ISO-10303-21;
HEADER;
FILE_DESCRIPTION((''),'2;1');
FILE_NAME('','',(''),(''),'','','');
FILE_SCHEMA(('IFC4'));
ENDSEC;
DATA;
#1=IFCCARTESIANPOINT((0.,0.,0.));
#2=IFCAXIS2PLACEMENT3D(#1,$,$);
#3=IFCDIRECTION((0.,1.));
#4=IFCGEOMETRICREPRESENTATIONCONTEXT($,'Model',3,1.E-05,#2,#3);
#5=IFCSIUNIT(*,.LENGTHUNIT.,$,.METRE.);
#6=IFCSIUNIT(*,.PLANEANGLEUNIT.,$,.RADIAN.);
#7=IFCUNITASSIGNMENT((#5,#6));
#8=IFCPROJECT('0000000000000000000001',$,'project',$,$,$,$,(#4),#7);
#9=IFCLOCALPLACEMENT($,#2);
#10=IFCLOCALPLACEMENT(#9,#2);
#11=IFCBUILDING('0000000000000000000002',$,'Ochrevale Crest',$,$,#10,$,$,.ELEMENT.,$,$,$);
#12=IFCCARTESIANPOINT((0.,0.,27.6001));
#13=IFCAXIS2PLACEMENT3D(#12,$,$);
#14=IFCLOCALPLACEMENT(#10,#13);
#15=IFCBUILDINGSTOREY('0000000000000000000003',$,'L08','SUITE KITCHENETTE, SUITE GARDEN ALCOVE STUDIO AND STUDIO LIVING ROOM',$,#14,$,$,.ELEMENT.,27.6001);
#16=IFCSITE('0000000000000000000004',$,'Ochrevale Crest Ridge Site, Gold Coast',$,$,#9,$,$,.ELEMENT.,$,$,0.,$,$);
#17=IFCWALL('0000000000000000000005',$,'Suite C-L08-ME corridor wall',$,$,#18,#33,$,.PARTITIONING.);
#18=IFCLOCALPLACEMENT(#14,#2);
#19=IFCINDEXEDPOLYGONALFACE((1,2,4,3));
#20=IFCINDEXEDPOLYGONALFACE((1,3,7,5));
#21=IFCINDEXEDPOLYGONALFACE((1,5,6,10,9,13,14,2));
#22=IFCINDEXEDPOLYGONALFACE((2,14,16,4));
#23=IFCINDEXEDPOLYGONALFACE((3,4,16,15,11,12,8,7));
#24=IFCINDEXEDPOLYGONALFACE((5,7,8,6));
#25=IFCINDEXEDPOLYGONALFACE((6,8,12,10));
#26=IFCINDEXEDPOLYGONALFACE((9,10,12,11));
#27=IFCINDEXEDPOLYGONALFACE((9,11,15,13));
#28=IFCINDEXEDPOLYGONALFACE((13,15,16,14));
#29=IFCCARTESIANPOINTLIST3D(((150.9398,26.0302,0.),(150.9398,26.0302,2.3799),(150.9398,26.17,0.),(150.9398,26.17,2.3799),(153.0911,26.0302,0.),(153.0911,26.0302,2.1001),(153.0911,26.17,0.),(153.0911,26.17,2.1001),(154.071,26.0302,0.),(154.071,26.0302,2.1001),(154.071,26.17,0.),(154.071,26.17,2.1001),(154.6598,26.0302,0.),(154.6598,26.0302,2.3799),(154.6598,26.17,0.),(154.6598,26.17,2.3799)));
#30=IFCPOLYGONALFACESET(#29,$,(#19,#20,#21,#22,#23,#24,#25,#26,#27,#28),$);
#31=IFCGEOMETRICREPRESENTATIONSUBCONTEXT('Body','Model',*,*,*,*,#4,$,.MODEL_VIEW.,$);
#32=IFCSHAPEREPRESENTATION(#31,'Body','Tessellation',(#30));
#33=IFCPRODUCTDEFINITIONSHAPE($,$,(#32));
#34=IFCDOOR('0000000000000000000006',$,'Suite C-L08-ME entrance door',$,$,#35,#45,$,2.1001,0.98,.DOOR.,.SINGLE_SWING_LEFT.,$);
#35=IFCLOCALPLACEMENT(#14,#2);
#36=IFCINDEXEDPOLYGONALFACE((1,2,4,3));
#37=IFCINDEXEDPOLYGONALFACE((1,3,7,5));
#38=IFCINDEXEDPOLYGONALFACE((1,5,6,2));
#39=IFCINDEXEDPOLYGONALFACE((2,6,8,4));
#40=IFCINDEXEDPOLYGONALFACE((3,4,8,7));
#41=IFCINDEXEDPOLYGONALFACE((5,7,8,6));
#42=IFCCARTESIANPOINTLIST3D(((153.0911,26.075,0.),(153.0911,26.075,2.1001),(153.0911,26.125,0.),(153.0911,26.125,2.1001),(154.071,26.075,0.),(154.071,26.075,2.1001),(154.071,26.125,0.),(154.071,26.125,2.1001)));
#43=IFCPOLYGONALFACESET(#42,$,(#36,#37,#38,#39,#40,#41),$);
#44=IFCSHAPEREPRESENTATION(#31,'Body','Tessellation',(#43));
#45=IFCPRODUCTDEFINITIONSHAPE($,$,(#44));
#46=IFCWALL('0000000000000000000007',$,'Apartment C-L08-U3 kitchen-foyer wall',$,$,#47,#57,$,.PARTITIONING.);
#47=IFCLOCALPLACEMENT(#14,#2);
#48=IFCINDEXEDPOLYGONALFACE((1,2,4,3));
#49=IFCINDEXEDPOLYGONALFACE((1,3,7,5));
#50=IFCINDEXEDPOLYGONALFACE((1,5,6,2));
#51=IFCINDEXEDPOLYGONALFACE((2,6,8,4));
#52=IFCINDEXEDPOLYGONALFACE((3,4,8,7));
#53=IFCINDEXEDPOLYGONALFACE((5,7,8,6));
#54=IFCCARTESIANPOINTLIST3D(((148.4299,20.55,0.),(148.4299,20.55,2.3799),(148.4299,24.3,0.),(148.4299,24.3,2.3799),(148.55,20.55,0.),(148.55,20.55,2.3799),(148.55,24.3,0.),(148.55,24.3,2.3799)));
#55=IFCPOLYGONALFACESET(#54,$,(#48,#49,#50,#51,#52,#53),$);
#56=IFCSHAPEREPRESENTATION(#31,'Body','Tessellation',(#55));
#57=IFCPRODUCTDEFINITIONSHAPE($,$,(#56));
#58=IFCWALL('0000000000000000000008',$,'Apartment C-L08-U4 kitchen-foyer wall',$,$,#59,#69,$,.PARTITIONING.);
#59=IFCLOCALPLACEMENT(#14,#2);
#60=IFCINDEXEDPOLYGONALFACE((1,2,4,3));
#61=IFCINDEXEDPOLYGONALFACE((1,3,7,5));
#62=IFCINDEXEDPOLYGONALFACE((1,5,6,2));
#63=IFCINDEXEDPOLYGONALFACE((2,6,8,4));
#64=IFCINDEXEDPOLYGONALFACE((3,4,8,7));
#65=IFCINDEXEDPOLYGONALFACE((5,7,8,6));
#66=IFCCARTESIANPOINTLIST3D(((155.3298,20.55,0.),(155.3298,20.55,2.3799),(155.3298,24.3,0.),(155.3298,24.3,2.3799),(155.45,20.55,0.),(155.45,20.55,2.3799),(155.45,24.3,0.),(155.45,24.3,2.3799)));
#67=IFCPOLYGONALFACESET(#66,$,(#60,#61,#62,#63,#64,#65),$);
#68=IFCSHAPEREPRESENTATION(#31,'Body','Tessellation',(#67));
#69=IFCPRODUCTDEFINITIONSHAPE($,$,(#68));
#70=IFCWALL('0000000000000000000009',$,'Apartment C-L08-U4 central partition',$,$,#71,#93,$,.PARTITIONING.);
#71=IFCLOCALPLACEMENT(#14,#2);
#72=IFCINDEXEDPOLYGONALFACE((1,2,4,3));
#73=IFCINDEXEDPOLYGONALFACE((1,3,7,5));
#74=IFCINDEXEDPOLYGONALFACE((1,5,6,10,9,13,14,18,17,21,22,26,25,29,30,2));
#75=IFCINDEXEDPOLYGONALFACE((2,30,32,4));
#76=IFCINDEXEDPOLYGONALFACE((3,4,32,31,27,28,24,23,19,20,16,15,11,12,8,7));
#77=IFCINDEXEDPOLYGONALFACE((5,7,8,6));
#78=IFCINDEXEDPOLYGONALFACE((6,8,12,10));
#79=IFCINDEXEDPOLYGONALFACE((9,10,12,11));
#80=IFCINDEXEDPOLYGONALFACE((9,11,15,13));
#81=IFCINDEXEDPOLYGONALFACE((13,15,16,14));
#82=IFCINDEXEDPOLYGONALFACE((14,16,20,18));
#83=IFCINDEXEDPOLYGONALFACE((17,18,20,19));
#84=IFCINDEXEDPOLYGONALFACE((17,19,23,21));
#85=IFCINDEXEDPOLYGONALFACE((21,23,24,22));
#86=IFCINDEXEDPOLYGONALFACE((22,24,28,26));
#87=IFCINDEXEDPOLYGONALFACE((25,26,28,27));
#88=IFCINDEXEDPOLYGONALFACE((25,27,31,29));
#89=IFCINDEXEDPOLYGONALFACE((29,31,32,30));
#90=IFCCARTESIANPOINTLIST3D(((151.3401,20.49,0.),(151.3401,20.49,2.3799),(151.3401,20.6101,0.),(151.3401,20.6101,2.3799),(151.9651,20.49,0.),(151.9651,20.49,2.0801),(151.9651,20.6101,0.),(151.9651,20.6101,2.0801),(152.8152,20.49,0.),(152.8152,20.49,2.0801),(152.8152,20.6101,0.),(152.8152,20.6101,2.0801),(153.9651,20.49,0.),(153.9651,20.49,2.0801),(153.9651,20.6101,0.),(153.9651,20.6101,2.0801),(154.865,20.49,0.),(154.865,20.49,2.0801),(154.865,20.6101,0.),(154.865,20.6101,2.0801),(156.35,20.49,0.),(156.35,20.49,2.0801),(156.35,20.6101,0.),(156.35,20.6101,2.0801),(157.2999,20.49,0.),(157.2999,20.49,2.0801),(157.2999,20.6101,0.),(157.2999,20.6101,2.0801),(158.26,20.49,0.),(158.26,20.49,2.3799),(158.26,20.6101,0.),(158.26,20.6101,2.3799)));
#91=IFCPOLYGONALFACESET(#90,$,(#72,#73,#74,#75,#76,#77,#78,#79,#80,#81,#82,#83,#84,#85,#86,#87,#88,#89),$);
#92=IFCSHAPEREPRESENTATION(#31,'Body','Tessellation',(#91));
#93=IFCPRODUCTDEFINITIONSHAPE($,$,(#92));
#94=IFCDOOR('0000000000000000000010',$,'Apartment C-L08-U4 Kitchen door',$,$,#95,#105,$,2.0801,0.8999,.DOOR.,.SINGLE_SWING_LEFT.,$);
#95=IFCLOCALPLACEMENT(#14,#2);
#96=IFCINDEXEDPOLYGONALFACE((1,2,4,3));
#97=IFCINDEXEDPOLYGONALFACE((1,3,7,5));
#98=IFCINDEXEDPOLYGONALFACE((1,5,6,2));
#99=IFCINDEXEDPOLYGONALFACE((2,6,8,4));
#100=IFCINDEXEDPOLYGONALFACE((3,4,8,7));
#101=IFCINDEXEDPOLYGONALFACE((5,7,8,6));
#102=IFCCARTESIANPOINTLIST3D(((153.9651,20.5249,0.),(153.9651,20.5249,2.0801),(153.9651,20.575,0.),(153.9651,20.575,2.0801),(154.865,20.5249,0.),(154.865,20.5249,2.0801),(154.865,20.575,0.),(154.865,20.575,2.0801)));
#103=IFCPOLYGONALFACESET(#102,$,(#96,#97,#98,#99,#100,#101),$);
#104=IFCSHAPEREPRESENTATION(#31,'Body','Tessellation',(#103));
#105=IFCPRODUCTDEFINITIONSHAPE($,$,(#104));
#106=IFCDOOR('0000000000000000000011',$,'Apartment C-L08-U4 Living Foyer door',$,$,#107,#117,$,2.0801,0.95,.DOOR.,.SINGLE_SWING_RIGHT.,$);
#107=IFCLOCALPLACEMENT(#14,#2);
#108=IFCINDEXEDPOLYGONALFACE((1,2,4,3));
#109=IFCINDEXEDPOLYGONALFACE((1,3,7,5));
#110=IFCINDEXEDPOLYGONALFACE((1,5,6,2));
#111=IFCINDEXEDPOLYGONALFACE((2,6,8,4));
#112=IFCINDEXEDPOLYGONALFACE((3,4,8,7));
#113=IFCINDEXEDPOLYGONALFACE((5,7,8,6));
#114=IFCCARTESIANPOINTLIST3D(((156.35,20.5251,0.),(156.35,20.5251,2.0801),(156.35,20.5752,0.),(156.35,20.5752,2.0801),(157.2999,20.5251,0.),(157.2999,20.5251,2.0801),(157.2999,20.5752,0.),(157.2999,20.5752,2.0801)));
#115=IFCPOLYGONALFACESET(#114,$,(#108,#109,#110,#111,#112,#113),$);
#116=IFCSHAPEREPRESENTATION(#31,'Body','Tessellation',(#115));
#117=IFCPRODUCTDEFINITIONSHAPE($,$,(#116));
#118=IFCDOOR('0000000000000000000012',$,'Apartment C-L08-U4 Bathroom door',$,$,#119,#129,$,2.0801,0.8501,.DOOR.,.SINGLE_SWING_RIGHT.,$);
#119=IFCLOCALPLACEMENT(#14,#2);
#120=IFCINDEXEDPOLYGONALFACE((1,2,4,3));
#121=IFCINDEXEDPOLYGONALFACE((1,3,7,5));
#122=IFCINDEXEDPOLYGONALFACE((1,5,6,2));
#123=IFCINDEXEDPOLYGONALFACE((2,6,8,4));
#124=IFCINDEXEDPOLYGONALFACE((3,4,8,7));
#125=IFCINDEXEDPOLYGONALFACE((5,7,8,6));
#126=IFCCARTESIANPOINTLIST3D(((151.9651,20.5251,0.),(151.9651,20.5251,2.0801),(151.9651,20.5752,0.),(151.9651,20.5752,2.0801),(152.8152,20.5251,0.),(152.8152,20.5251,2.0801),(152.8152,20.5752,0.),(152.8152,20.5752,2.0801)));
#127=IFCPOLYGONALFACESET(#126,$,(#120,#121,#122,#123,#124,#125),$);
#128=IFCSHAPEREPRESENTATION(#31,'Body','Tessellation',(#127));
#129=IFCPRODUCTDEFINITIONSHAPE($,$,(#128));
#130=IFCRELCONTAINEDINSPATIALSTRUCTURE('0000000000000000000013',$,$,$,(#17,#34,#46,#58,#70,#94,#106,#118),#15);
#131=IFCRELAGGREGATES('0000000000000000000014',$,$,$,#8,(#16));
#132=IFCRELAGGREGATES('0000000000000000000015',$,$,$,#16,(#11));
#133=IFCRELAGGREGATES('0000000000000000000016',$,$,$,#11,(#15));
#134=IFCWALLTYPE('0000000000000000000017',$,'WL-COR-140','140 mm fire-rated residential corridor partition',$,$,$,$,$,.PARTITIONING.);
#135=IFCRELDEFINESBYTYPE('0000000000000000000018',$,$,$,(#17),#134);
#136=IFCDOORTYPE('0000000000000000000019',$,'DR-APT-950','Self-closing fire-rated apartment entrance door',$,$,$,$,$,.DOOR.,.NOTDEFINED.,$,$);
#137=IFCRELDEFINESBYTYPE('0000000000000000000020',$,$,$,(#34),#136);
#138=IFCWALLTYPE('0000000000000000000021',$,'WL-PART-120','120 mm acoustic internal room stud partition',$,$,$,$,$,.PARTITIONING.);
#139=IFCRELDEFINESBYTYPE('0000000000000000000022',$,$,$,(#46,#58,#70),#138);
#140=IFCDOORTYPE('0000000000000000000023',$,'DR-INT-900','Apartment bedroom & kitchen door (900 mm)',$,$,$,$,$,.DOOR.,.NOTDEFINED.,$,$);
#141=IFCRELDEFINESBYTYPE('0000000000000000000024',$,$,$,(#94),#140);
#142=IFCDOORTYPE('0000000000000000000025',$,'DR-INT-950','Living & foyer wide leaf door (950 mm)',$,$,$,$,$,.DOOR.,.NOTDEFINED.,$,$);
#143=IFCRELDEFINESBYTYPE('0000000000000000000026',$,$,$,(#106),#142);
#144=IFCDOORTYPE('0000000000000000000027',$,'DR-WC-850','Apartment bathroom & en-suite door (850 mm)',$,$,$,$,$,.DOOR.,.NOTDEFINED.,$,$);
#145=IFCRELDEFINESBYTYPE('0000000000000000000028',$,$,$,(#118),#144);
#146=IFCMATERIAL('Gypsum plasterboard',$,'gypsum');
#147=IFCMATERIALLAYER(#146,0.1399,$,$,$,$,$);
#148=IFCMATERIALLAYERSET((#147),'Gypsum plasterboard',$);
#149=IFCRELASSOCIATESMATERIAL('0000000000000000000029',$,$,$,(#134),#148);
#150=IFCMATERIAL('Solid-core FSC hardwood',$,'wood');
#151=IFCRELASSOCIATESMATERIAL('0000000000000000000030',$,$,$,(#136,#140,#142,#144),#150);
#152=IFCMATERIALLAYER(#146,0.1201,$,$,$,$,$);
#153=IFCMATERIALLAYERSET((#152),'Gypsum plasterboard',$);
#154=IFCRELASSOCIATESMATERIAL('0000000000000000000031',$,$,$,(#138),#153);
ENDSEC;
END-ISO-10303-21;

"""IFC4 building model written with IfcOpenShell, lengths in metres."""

from ifc_helpers import new_model, si_unit, direction, frame, frame_2d, origin, place, context, subcontext, project, spatial, rectangle, extrude, material, layer, layer_set, type_object, element, fill, save


model = new_model("IFC4")

# Units and contexts
model_context = context("Model", 3, precision=1e-05, world=origin(), true_north=direction((0.0, 1.0)))
body_context = subcontext(model_context, "Body", "Model", "MODEL_VIEW")
ifc_project = project(units=[si_unit("LENGTHUNIT", "METRE"), si_unit("PLANEANGLEUNIT", "RADIAN")], contexts=[model_context])

# Site, building, storey
site_placement = place(None, origin())
site = spatial("IfcSite", under=ifc_project, at=site_placement, Name="Ochrevale Crest Ridge Site, Gold Coast", CompositionType="ELEMENT", RefElevation=0.0)
building_placement = place(site_placement, origin())
building = spatial("IfcBuilding", under=site, at=building_placement, Name="Ochrevale Crest", CompositionType="ELEMENT")
storey_placement = place(building_placement, frame((0.0, 0.0, 27.6001)))
storey = spatial("IfcBuildingStorey", under=building, at=storey_placement, Name="L08", Description="SUITE KITCHENETTE, SUITE GARDEN ALCOVE STUDIO AND STUDIO LIVING ROOM", CompositionType="ELEMENT", Elevation=27.6001)

# Wall, opening, door
ifc_material_1 = material(Name="Gypsum plasterboard", Category="gypsum")
ifc_layer_1 = layer(ifc_material_1, 0.1399)
ifc_layer_set_1 = layer_set([ifc_layer_1], Name="Gypsum plasterboard")
wall_type_1 = type_object("IfcWallType", Name="WL-COR-140", Description="140 mm fire-rated residential corridor partition", PredefinedType="PARTITIONING", material=ifc_layer_set_1)
ifc_material_2 = material(Name="Solid-core FSC hardwood", Category="wood")
door_type_1 = type_object("IfcDoorType", Name="DR-APT-950", Description="Self-closing fire-rated apartment entrance door", OperationType="NOTDEFINED", PredefinedType="DOOR", material=ifc_material_2)
wall_1_placement = place(storey_placement, frame((150.9399, 26.1001, 0.0), z_axis=(0.0, 0.0, 1.0), x_axis=(1.0, 0.0, 0.0)))
wall_1 = element("IfcWall", 1, at=wall_1_placement, inside=storey, type_object=wall_type_1, Name="Suite C-L08-ME corridor wall", PredefinedType="PARTITIONING", context=body_context, shape_type="SweptSolid", body=[
    extrude(rectangle(XDim=3.72, YDim=0.1399, at=frame_2d((1.8599, 0.0))), origin(), (0.0, 0.0, 1.0), 2.3799),
])
opening_1_placement = place(wall_1_placement, frame((2.1511, 0.0, 0.0)))
opening_1 = element("IfcOpeningElement", 2, at=opening_1_placement, cuts=wall_1, PredefinedType="OPENING", context=body_context, shape_type="SweptSolid", body=[
    extrude(rectangle(XDim=0.98, YDim=2.1001, at=frame_2d((0.49, 1.05))), frame((0.0, 0.0801, 0.0), z_axis=(0.0, -1.0, 0.0), x_axis=(1.0, 0.0, 0.0)), (0.0, 0.0, 1.0), 0.1599),
])
door_1_placement = place(opening_1_placement, origin())
door_1 = element("IfcDoor", 3, at=door_1_placement, inside=storey, type_object=door_type_1, Name="Suite C-L08-ME entrance door", OperationType="SINGLE_SWING_LEFT", OverallHeight=2.1001, OverallWidth=0.98, PredefinedType="DOOR", context=body_context, shape_type="SweptSolid", body=[
    extrude(rectangle(XDim=0.98, YDim=2.1001, at=frame_2d((0.49, 1.05))), frame((0.0, 0.0249, 0.0), z_axis=(0.0, -1.0, 0.0), x_axis=(1.0, 0.0, 0.0)), (0.0, 0.0, 1.0), 0.05),
])
fill(opening_1, door_1)

# Walls
ifc_layer_2 = layer(ifc_material_1, 0.1201)
ifc_layer_set_2 = layer_set([ifc_layer_2], Name="Gypsum plasterboard")
wall_type_2 = type_object("IfcWallType", Name="WL-PART-120", Description="120 mm acoustic internal room stud partition", PredefinedType="PARTITIONING", material=ifc_layer_set_2)
for number, where, z_axis, x_axis, name in (
    (4, (148.49, 20.55, 0.0), (0.0, 0.0, 1.0), (0.0, 1.0, 0.0), "Apartment C-L08-U3 kitchen-foyer wall"),
    (5, (155.3899, 20.55, 0.0), (0.0, 0.0, 1.0), (0.0, 1.0, 0.0), "Apartment C-L08-U4 kitchen-foyer wall"),
):
    element("IfcWall", number, at=place(storey_placement, frame(where, z_axis=z_axis, x_axis=x_axis)), inside=storey, type_object=wall_type_2, Name=name, PredefinedType="PARTITIONING", context=body_context, shape_type="SweptSolid", body=[
        extrude(rectangle(XDim=3.75, YDim=0.1201, at=frame_2d((1.875, 0.0))), origin(), (0.0, 0.0, 1.0), 2.3799),
    ])

# Wall, openings, doors
wall_2_placement = place(storey_placement, frame((151.3401, 20.55, 0.0), z_axis=(0.0, 0.0, 1.0), x_axis=(1.0, 0.0, 0.0)))
wall_2 = element("IfcWall", 6, at=wall_2_placement, inside=storey, type_object=wall_type_2, Name="Apartment C-L08-U4 central partition", PredefinedType="PARTITIONING", context=body_context, shape_type="SweptSolid", body=[
    extrude(rectangle(XDim=6.9199, YDim=0.1201, at=frame_2d((3.46, 0.0))), origin(), (0.0, 0.0, 1.0), 2.3799),
])
opening_2_placement = place(wall_2_placement, frame((1.4751, 0.0, 0.0), z_axis=(0.0, 0.0, 1.0), x_axis=(-1.0, 0.0, 0.0)))
opening_2 = element("IfcOpeningElement", 7, at=opening_2_placement, cuts=wall_2, PredefinedType="OPENING", context=body_context, shape_type="SweptSolid", body=[
    extrude(rectangle(XDim=0.8501, YDim=2.0801, at=frame_2d((0.425, 1.04))), frame((0.0, 0.0701, 0.0), z_axis=(0.0, -1.0, 0.0), x_axis=(1.0, 0.0, 0.0)), (0.0, 0.0, 1.0), 0.1401),
])
opening_3_placement = place(wall_2_placement, frame((2.625, 0.0, 0.0)))
opening_3 = element("IfcOpeningElement", 8, at=opening_3_placement, cuts=wall_2, PredefinedType="OPENING", context=body_context, shape_type="SweptSolid", body=[
    extrude(rectangle(XDim=0.8999, YDim=2.0801, at=frame_2d((0.45, 1.04))), frame((0.0, 0.0701, 0.0), z_axis=(0.0, -1.0, 0.0), x_axis=(1.0, 0.0, 0.0)), (0.0, 0.0, 1.0), 0.1401),
])
opening_4_placement = place(wall_2_placement, frame((5.96, 0.0, 0.0), z_axis=(0.0, 0.0, 1.0), x_axis=(-1.0, 0.0, 0.0)))
opening_4 = element("IfcOpeningElement", 9, at=opening_4_placement, cuts=wall_2, PredefinedType="OPENING", context=body_context, shape_type="SweptSolid", body=[
    extrude(rectangle(XDim=0.95, YDim=2.0801, at=frame_2d((0.4751, 1.04))), frame((0.0, 0.0701, 0.0), z_axis=(0.0, -1.0, 0.0), x_axis=(1.0, 0.0, 0.0)), (0.0, 0.0, 1.0), 0.1401),
])
door_type_2 = type_object("IfcDoorType", Name="DR-INT-900", Description="Apartment bedroom & kitchen door (900 mm)", OperationType="NOTDEFINED", PredefinedType="DOOR", material=ifc_material_2)
door_2_placement = place(opening_3_placement, origin())
door_2 = element("IfcDoor", 10, at=door_2_placement, inside=storey, type_object=door_type_2, Name="Apartment C-L08-U4 Kitchen door", OperationType="SINGLE_SWING_LEFT", OverallHeight=2.0801, OverallWidth=0.8999, PredefinedType="DOOR", context=body_context, shape_type="SweptSolid", body=[
    extrude(rectangle(XDim=0.8999, YDim=2.0801, at=frame_2d((0.45, 1.04))), frame((0.0, 0.0249, 0.0), z_axis=(0.0, -1.0, 0.0), x_axis=(1.0, 0.0, 0.0)), (0.0, 0.0, 1.0), 0.05),
])
fill(opening_3, door_2)
door_type_3 = type_object("IfcDoorType", Name="DR-INT-950", Description="Living & foyer wide leaf door (950 mm)", OperationType="NOTDEFINED", PredefinedType="DOOR", material=ifc_material_2)
door_3_placement = place(opening_4_placement, origin())
door_3 = element("IfcDoor", 11, at=door_3_placement, inside=storey, type_object=door_type_3, Name="Apartment C-L08-U4 Living Foyer door", OperationType="SINGLE_SWING_RIGHT", OverallHeight=2.0801, OverallWidth=0.95, PredefinedType="DOOR", context=body_context, shape_type="SweptSolid", body=[
    extrude(rectangle(XDim=0.95, YDim=2.0801, at=frame_2d((0.4751, 1.04))), frame((0.0, 0.0249, 0.0), z_axis=(0.0, -1.0, 0.0), x_axis=(1.0, 0.0, 0.0)), (0.0, 0.0, 1.0), 0.05),
])
fill(opening_4, door_3)
door_type_4 = type_object("IfcDoorType", Name="DR-WC-850", Description="Apartment bathroom & en-suite door (850 mm)", OperationType="NOTDEFINED", PredefinedType="DOOR", material=ifc_material_2)
door_4_placement = place(opening_2_placement, origin())
door_4 = element("IfcDoor", 12, at=door_4_placement, inside=storey, type_object=door_type_4, Name="Apartment C-L08-U4 Bathroom door", OperationType="SINGLE_SWING_RIGHT", OverallHeight=2.0801, OverallWidth=0.8501, PredefinedType="DOOR", context=body_context, shape_type="SweptSolid", body=[
    extrude(rectangle(XDim=0.8501, YDim=2.0801, at=frame_2d((0.425, 1.04))), frame((0.0, 0.0249, 0.0), z_axis=(0.0, -1.0, 0.0), x_axis=(1.0, 0.0, 0.0)), (0.0, 0.0, 1.0), 0.05),
])
fill(opening_2, door_4)

save(model, "model.ifc")
